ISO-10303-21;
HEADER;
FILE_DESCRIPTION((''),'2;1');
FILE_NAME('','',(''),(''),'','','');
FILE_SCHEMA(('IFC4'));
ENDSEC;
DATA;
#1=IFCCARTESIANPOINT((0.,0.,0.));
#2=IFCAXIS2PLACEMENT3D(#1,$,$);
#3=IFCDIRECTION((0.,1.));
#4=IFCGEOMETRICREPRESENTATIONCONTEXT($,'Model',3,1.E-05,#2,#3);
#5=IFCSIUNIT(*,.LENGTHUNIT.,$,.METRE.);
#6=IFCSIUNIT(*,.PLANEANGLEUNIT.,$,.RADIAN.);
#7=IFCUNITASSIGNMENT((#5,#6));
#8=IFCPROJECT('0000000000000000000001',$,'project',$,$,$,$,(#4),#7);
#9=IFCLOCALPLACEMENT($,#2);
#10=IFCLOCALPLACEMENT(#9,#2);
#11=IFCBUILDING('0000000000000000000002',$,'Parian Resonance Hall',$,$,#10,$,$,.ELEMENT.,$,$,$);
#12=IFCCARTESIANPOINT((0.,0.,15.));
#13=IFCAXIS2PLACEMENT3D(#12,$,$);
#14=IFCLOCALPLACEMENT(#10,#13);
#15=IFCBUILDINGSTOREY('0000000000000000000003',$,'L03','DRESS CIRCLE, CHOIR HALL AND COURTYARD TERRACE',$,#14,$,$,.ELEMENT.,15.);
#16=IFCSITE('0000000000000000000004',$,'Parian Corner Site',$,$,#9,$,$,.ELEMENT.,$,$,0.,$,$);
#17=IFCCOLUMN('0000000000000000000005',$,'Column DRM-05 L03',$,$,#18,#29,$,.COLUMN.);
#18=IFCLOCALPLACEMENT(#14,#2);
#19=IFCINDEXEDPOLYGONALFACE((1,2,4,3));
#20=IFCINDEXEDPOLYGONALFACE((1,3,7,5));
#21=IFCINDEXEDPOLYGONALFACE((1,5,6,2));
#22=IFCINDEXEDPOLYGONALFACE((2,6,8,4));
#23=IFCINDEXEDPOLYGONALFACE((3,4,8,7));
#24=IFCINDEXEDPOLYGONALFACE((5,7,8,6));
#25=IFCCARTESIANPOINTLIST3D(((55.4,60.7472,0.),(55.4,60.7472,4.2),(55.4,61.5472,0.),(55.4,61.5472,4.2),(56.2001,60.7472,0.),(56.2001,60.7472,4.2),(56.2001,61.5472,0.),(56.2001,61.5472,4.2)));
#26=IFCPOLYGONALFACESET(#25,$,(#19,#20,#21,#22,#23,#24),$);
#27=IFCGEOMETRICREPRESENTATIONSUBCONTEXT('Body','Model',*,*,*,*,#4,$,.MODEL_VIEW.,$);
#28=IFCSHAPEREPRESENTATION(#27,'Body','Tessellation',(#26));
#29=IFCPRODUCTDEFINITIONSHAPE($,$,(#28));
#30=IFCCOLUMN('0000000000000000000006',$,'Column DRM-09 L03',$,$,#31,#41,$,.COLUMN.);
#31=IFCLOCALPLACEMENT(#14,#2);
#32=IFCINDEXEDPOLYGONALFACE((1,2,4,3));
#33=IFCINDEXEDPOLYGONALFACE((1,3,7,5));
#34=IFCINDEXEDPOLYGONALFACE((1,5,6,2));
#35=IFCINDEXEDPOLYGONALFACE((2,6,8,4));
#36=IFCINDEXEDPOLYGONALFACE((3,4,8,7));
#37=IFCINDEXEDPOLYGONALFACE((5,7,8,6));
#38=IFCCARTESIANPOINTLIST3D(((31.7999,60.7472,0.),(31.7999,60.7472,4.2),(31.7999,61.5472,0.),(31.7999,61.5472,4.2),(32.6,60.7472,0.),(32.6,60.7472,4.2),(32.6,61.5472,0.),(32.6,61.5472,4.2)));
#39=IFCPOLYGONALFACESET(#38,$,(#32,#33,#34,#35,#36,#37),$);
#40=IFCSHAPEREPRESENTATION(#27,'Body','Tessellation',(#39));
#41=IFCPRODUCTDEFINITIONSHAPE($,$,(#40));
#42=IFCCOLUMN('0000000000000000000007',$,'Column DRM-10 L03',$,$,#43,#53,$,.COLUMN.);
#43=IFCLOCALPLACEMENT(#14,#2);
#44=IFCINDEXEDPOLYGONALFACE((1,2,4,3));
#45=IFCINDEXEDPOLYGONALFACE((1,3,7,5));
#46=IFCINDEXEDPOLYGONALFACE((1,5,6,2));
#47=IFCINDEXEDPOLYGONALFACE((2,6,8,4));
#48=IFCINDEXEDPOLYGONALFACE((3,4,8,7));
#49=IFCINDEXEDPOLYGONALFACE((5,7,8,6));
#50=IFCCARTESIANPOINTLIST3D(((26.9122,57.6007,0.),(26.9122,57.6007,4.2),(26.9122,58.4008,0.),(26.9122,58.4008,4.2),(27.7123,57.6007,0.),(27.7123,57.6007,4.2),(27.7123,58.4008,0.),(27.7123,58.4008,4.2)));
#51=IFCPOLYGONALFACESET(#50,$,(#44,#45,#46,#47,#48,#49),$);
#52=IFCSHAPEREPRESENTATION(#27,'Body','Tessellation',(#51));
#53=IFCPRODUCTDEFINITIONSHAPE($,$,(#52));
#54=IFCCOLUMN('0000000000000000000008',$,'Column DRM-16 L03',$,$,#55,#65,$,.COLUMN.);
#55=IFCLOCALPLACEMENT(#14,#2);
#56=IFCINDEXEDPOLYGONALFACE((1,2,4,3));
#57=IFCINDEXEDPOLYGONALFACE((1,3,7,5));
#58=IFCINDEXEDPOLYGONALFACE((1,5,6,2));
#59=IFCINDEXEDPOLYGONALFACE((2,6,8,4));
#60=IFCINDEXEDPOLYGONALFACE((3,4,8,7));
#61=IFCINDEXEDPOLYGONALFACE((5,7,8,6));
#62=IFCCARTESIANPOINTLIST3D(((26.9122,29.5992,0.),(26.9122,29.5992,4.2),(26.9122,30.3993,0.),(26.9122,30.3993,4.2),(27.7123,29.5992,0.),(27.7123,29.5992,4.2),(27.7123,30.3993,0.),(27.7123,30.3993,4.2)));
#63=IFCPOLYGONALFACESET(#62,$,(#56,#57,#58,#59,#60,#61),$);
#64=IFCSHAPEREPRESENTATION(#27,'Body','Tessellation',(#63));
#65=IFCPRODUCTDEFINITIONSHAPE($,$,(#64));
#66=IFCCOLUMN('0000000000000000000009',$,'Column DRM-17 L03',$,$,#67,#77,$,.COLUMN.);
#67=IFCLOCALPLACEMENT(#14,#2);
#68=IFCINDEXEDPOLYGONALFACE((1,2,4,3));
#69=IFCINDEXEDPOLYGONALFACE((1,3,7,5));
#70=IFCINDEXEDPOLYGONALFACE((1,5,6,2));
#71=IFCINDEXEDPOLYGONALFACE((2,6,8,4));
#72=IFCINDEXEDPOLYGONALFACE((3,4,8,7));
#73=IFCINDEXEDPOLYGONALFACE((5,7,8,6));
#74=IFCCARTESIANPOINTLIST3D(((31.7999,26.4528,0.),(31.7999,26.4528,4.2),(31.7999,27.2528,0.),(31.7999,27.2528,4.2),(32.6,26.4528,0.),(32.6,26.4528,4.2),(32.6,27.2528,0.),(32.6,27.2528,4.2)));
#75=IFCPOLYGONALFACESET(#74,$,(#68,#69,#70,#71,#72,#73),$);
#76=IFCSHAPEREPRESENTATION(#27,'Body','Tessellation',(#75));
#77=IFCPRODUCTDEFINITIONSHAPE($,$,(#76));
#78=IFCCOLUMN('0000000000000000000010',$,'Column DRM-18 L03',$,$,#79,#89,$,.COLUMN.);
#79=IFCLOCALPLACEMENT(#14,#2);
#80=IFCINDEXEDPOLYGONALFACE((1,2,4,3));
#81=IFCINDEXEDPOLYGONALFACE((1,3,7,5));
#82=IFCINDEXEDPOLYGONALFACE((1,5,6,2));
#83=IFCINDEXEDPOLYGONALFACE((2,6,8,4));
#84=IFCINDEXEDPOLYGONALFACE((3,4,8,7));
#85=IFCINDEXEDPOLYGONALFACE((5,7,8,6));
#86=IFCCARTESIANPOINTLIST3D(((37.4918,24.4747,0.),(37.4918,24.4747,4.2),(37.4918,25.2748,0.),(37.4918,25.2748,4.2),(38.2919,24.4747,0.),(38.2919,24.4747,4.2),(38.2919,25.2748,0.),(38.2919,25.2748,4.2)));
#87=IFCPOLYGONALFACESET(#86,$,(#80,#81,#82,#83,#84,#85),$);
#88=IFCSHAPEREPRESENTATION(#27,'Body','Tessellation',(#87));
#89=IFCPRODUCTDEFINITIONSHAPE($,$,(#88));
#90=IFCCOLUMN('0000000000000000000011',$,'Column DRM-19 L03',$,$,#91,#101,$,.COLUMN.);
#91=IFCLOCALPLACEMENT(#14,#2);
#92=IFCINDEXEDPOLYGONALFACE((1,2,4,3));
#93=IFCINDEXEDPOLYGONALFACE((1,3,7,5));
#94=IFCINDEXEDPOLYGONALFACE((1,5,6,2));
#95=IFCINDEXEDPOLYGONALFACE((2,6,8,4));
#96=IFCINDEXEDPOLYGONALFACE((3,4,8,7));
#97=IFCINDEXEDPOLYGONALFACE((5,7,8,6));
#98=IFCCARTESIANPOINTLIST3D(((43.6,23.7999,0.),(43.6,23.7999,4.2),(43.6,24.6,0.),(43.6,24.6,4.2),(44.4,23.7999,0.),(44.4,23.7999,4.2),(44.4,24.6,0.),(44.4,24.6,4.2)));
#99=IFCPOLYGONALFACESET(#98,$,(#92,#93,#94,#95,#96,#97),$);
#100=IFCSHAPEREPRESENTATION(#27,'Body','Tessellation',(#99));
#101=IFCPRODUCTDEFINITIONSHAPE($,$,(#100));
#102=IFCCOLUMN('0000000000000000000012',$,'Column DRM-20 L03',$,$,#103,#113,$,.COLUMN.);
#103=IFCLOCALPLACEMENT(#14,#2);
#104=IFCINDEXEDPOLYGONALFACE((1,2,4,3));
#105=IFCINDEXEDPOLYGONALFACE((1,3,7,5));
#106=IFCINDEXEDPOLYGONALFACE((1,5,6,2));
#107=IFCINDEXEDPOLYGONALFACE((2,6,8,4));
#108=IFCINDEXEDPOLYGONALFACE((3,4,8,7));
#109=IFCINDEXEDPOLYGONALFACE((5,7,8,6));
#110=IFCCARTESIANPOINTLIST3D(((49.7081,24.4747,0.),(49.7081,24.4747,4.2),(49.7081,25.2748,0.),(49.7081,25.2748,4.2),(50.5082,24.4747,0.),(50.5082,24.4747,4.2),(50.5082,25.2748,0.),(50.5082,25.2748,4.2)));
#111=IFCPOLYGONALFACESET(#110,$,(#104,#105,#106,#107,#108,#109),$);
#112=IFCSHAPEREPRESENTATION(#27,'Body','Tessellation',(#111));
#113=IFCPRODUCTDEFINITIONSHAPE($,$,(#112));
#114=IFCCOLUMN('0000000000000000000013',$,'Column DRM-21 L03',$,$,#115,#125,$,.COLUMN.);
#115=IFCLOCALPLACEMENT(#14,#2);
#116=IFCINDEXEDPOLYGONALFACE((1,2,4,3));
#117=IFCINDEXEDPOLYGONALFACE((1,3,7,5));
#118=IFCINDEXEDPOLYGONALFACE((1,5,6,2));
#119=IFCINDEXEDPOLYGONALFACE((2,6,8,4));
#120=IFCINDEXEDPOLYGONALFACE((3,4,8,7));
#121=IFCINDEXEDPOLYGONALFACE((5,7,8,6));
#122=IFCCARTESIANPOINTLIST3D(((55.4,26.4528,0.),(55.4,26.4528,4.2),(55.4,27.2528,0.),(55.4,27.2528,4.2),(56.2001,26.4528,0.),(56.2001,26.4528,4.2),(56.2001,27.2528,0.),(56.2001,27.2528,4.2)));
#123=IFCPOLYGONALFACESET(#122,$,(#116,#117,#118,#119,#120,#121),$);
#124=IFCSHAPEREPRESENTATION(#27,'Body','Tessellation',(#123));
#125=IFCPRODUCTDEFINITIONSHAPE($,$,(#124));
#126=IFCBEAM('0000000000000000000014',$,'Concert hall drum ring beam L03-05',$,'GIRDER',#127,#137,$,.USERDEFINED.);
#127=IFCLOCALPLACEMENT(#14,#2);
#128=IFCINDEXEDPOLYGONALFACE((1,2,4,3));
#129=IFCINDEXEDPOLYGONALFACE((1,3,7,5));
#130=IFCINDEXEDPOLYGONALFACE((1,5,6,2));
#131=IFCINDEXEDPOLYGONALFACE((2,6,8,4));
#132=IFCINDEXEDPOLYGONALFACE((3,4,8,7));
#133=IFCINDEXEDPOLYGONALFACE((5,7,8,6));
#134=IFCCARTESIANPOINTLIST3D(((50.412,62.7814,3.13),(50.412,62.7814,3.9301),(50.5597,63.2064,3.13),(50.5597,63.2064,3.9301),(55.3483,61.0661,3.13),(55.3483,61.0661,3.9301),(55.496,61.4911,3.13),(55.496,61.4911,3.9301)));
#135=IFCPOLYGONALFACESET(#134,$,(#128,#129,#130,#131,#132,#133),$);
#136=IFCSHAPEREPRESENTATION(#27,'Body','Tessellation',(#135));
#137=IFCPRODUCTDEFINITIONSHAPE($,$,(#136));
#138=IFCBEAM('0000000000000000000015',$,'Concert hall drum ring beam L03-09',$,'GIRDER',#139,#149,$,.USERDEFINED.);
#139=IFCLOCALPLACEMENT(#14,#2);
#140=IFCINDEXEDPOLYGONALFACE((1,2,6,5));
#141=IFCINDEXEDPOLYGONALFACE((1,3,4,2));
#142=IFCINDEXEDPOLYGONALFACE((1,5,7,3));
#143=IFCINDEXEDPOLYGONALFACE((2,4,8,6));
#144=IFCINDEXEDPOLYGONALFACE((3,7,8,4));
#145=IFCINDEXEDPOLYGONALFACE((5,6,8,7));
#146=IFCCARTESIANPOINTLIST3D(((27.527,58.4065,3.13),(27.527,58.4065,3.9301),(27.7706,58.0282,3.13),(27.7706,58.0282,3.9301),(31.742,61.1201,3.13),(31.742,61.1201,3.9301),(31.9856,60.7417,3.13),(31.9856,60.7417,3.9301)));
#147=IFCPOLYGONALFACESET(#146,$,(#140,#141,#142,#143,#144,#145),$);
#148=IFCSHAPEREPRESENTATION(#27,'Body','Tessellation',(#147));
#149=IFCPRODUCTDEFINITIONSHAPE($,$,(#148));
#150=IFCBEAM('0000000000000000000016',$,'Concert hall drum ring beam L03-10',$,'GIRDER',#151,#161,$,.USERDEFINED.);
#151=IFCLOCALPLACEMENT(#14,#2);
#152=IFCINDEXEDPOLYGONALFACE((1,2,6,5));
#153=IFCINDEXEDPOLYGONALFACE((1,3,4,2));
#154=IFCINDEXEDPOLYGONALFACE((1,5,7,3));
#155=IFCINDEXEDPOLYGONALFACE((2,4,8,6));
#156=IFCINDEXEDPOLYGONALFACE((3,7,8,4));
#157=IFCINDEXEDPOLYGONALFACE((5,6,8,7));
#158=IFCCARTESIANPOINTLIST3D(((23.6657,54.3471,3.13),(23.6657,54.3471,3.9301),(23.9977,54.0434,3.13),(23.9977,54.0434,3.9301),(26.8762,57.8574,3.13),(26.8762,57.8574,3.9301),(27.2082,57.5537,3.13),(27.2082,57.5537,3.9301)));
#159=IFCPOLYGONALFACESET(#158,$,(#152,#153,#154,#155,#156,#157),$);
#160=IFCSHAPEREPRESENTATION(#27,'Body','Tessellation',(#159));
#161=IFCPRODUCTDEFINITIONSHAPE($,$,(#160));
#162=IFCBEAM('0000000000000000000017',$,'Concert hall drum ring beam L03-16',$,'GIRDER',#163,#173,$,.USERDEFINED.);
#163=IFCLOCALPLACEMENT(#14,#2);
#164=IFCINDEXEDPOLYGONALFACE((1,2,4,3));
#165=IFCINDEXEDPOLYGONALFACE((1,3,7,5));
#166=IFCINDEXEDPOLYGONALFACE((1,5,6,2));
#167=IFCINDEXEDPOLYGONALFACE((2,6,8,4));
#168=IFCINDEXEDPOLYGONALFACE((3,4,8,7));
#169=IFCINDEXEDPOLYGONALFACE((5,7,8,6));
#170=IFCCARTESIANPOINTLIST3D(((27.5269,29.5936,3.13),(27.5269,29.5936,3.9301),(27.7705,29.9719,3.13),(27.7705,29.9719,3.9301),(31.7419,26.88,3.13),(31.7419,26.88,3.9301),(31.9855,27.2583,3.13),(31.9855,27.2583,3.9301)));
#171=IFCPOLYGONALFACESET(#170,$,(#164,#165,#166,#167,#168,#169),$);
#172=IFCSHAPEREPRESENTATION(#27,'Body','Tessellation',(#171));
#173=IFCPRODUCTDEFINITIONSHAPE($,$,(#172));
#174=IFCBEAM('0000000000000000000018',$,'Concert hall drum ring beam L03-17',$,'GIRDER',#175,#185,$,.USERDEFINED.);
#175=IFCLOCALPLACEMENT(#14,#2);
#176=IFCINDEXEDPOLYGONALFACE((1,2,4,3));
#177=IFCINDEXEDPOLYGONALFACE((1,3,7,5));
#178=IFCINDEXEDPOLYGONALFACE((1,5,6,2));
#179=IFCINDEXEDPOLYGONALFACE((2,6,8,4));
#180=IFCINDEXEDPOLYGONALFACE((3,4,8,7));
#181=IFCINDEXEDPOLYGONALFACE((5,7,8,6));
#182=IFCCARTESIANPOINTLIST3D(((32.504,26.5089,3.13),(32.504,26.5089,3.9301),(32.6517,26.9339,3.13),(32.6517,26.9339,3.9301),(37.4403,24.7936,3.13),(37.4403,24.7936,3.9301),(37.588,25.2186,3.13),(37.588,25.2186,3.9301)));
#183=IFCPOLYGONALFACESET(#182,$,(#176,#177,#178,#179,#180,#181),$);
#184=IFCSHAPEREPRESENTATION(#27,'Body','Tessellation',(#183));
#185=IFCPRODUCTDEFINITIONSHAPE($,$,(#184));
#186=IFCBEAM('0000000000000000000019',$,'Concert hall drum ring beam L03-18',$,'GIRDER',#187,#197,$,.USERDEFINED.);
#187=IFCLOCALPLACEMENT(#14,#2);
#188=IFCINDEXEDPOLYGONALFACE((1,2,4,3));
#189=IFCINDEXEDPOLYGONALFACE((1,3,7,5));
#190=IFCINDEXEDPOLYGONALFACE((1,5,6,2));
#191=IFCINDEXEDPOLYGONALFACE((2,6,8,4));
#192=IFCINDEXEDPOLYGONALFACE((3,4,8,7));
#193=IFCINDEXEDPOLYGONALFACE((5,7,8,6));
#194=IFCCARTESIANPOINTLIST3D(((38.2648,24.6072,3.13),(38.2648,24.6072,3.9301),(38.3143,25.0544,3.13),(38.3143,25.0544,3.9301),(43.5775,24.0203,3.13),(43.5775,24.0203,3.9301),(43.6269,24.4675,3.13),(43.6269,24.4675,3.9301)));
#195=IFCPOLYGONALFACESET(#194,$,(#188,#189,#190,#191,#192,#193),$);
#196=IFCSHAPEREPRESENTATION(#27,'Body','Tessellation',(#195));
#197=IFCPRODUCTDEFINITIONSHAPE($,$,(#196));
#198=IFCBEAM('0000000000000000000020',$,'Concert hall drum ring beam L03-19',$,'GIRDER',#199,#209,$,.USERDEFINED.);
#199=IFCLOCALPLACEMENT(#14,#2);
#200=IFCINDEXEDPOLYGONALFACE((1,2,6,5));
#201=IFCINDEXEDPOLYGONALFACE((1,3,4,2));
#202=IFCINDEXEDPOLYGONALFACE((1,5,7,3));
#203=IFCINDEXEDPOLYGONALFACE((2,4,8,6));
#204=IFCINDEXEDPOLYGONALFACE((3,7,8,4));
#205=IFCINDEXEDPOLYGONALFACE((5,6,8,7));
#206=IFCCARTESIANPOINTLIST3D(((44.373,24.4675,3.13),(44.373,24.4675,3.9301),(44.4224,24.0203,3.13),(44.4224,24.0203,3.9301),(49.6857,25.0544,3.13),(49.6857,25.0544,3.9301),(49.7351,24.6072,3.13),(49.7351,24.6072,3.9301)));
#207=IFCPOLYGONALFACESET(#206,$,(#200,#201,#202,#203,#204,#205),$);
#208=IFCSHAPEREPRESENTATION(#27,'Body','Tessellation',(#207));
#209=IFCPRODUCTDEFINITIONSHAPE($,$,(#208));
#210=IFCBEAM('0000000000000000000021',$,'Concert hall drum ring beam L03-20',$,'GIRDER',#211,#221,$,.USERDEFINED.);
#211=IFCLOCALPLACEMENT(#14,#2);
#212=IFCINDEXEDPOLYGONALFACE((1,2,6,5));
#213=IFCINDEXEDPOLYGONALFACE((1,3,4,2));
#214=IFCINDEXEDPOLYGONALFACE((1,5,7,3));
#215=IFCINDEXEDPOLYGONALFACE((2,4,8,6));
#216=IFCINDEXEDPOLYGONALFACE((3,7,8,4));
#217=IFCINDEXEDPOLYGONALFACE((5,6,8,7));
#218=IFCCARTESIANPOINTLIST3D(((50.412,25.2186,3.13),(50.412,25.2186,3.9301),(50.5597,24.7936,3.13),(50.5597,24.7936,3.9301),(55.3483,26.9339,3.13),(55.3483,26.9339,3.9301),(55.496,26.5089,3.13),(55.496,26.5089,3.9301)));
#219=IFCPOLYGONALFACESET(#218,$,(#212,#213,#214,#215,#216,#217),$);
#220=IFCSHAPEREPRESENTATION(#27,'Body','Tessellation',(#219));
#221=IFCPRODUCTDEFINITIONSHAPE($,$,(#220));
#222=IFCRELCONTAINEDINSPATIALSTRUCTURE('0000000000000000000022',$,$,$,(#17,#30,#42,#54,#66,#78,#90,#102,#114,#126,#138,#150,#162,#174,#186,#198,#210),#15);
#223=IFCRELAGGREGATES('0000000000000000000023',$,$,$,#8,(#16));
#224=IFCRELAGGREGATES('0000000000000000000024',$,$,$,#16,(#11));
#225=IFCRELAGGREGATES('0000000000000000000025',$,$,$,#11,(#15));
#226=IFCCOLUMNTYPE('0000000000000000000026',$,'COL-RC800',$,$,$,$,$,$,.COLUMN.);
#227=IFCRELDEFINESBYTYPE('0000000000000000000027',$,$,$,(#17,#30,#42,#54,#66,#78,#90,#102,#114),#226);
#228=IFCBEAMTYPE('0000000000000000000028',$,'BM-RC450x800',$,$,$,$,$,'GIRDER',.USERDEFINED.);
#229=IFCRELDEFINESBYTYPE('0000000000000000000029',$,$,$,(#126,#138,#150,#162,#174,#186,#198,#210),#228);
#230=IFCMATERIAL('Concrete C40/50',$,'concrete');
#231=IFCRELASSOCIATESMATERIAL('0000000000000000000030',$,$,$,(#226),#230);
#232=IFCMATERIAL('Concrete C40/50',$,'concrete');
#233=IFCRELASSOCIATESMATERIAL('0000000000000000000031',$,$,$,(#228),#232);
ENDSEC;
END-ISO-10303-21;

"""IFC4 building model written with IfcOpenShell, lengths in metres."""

from ifc_helpers import new_model, si_unit, direction, frame, origin, origin_2d, place, context, subcontext, project, spatial, rectangle, extrude, material, material_profile, profile_set, type_object, element, save


model = new_model("IFC4")

# Units and contexts
model_context = context("Model", 3, precision=1e-05, world=origin(), true_north=direction((0.0, 1.0)))
body_context = subcontext(model_context, "Body", "Model", "MODEL_VIEW")
ifc_project = project(units=[si_unit("LENGTHUNIT", "METRE"), si_unit("PLANEANGLEUNIT", "RADIAN")], contexts=[model_context])

# Site, building, storey
site_placement = place(None, origin())
site = spatial("IfcSite", under=ifc_project, at=site_placement, Name="Parian Corner Site", CompositionType="ELEMENT", RefElevation=0.0)
building_placement = place(site_placement, origin())
building = spatial("IfcBuilding", under=site, at=building_placement, Name="Parian Resonance Hall", CompositionType="ELEMENT")
storey_placement = place(building_placement, frame((0.0, 0.0, 15.0)))
storey = spatial("IfcBuildingStorey", under=building, at=storey_placement, Name="L03", Description="DRESS CIRCLE, CHOIR HALL AND COURTYARD TERRACE", CompositionType="ELEMENT", Elevation=15.0)

# Columns
ifc_material_1 = material(Name="Concrete C40/50", Category="concrete")
ifc_material_profile_1 = material_profile(ifc_material_1, rectangle(XDim=0.8, YDim=0.8, at=origin_2d()), Name="RC-COL-800x800")
ifc_profile_set_1 = profile_set([ifc_material_profile_1], Name="Concrete C40/50")
column_type = type_object("IfcColumnType", Name="COL-RC800", PredefinedType="COLUMN", material=ifc_profile_set_1)
for number, where, z_axis, x_axis, name in (
    (1, (55.8, 61.1472, 0.0), (0.0, 0.0, 1.0), (1.0, 0.0, 0.0), "Column DRM-05 L03"),
    (2, (32.2, 61.1472, 0.0), (0.0, 0.0, 1.0), (1.0, 0.0, 0.0), "Column DRM-09 L03"),
    (3, (27.3123, 58.0007, 0.0), (0.0, 0.0, 1.0), (1.0, 0.0, 0.0), "Column DRM-10 L03"),
    (4, (27.3123, 29.9993, 0.0), (0.0, 0.0, 1.0), (1.0, 0.0, 0.0), "Column DRM-16 L03"),
    (5, (32.2, 26.8528, 0.0), (0.0, 0.0, 1.0), (1.0, 0.0, 0.0), "Column DRM-17 L03"),
    (6, (37.8918, 24.8748, 0.0), (0.0, 0.0, 1.0), (1.0, 0.0, 0.0), "Column DRM-18 L03"),
    (7, (44.0, 24.2, 0.0), (0.0, 0.0, 1.0), (1.0, 0.0, 0.0), "Column DRM-19 L03"),
    (8, (50.1082, 24.8748, 0.0), (0.0, 0.0, 1.0), (1.0, 0.0, 0.0), "Column DRM-20 L03"),
    (9, (55.8, 26.8528, 0.0), (0.0, 0.0, 1.0), (1.0, 0.0, 0.0), "Column DRM-21 L03"),
):
    element("IfcColumn", number, at=place(storey_placement, frame(where, z_axis=z_axis, x_axis=x_axis)), inside=storey, type_object=column_type, Name=name, PredefinedType="COLUMN", context=body_context, shape_type="SweptSolid", body=[
        extrude(rectangle(XDim=0.8, YDim=0.8, at=origin_2d()), origin(), (0.0, 0.0, 1.0), 4.2),
    ])

# Beams
ifc_material_2 = material(Name="Concrete C40/50", Category="concrete")
ifc_material_profile_2 = material_profile(ifc_material_2, rectangle(XDim=0.45, YDim=0.8, at=origin_2d()), Name="RC-BM-450x800")
ifc_profile_set_2 = profile_set([ifc_material_profile_2], Name="Concrete C40/50")
beam_type = type_object("IfcBeamType", Name="BM-RC450x800", ElementType="GIRDER", PredefinedType="USERDEFINED", material=ifc_profile_set_2)
beam_1_placement = place(storey_placement, frame((55.4221, 61.2786, 3.53), z_axis=(-0.944594, 0.328242, 0.0), x_axis=(-0.328242, -0.944594, 0.0)))
element("IfcBeam", 10, at=beam_1_placement, inside=storey, type_object=beam_type, Name="Concert hall drum ring beam L03-05", ObjectType="GIRDER", PredefinedType="USERDEFINED", context=body_context, shape_type="SweptSolid", body=[
    extrude(rectangle(XDim=0.45, YDim=0.8, at=origin_2d()), origin(), (0.0, 0.0, 1.0), 5.2258),
])
beam_2_placement = place(storey_placement, frame((31.8638, 60.9309, 3.53), z_axis=(-0.840822, -0.541311, 0.0), x_axis=(0.541311, -0.840822, 0.0)))
element("IfcBeam", 11, at=beam_2_placement, inside=storey, type_object=beam_type, Name="Concert hall drum ring beam L03-09", ObjectType="GIRDER", PredefinedType="USERDEFINED", context=body_context, shape_type="SweptSolid", body=[
    extrude(rectangle(XDim=0.45, YDim=0.8, at=origin_2d()), origin(), (0.0, 0.0, 1.0), 5.0129),
])
beam_3_placement = place(storey_placement, frame((27.0422, 57.7056, 3.53), z_axis=(-0.674892, -0.737916, 0.0), x_axis=(0.737916, -0.674892, 0.0)))
element("IfcBeam", 12, at=beam_3_placement, inside=storey, type_object=beam_type, Name="Concert hall drum ring beam L03-10", ObjectType="GIRDER", PredefinedType="USERDEFINED", context=body_context, shape_type="SweptSolid", body=[
    extrude(rectangle(XDim=0.45, YDim=0.8, at=origin_2d()), origin(), (0.0, 0.0, 1.0), 4.7571),
])
beam_4_placement = place(storey_placement, frame((27.6487, 29.7827, 3.53), z_axis=(0.840822, -0.541311, 0.0), x_axis=(0.541311, 0.840822, 0.0)))
element("IfcBeam", 13, at=beam_4_placement, inside=storey, type_object=beam_type, Name="Concert hall drum ring beam L03-16", ObjectType="GIRDER", PredefinedType="USERDEFINED", context=body_context, shape_type="SweptSolid", body=[
    extrude(rectangle(XDim=0.45, YDim=0.8, at=origin_2d()), origin(), (0.0, 0.0, 1.0), 5.0129),
])
beam_5_placement = place(storey_placement, frame((32.5779, 26.7214, 3.53), z_axis=(0.944594, -0.328242, 0.0), x_axis=(0.328242, 0.944594, 0.0)))
element("IfcBeam", 14, at=beam_5_placement, inside=storey, type_object=beam_type, Name="Concert hall drum ring beam L03-17", ObjectType="GIRDER", PredefinedType="USERDEFINED", context=body_context, shape_type="SweptSolid", body=[
    extrude(rectangle(XDim=0.45, YDim=0.8, at=origin_2d()), origin(), (0.0, 0.0, 1.0), 5.2258),
])
for number, where, z_axis, x_axis, name in (
    (15, (38.2896, 24.8308, 3.53), (0.993953, -0.109805, 0.0), (0.109805, 0.993953, 0.0), "Concert hall drum ring beam L03-18"),
    (16, (44.3977, 24.2439, 3.53), (0.993953, 0.109805, 0.0), (-0.109805, 0.993953, 0.0), "Concert hall drum ring beam L03-19"),
):
    element("IfcBeam", number, at=place(storey_placement, frame(where, z_axis=z_axis, x_axis=x_axis)), inside=storey, type_object=beam_type, Name=name, ObjectType="GIRDER", PredefinedType="USERDEFINED", context=body_context, shape_type="SweptSolid", body=[
        extrude(rectangle(XDim=0.45, YDim=0.8, at=origin_2d()), origin(), (0.0, 0.0, 1.0), 5.345),
    ])
beam_6_placement = place(storey_placement, frame((50.4858, 25.0061, 3.53), z_axis=(0.944594, 0.328242, 0.0), x_axis=(-0.328242, 0.944594, 0.0)))
element("IfcBeam", 17, at=beam_6_placement, inside=storey, type_object=beam_type, Name="Concert hall drum ring beam L03-20", ObjectType="GIRDER", PredefinedType="USERDEFINED", context=body_context, shape_type="SweptSolid", body=[
    extrude(rectangle(XDim=0.45, YDim=0.8, at=origin_2d()), origin(), (0.0, 0.0, 1.0), 5.2258),
])

save(model, "model.ifc")
